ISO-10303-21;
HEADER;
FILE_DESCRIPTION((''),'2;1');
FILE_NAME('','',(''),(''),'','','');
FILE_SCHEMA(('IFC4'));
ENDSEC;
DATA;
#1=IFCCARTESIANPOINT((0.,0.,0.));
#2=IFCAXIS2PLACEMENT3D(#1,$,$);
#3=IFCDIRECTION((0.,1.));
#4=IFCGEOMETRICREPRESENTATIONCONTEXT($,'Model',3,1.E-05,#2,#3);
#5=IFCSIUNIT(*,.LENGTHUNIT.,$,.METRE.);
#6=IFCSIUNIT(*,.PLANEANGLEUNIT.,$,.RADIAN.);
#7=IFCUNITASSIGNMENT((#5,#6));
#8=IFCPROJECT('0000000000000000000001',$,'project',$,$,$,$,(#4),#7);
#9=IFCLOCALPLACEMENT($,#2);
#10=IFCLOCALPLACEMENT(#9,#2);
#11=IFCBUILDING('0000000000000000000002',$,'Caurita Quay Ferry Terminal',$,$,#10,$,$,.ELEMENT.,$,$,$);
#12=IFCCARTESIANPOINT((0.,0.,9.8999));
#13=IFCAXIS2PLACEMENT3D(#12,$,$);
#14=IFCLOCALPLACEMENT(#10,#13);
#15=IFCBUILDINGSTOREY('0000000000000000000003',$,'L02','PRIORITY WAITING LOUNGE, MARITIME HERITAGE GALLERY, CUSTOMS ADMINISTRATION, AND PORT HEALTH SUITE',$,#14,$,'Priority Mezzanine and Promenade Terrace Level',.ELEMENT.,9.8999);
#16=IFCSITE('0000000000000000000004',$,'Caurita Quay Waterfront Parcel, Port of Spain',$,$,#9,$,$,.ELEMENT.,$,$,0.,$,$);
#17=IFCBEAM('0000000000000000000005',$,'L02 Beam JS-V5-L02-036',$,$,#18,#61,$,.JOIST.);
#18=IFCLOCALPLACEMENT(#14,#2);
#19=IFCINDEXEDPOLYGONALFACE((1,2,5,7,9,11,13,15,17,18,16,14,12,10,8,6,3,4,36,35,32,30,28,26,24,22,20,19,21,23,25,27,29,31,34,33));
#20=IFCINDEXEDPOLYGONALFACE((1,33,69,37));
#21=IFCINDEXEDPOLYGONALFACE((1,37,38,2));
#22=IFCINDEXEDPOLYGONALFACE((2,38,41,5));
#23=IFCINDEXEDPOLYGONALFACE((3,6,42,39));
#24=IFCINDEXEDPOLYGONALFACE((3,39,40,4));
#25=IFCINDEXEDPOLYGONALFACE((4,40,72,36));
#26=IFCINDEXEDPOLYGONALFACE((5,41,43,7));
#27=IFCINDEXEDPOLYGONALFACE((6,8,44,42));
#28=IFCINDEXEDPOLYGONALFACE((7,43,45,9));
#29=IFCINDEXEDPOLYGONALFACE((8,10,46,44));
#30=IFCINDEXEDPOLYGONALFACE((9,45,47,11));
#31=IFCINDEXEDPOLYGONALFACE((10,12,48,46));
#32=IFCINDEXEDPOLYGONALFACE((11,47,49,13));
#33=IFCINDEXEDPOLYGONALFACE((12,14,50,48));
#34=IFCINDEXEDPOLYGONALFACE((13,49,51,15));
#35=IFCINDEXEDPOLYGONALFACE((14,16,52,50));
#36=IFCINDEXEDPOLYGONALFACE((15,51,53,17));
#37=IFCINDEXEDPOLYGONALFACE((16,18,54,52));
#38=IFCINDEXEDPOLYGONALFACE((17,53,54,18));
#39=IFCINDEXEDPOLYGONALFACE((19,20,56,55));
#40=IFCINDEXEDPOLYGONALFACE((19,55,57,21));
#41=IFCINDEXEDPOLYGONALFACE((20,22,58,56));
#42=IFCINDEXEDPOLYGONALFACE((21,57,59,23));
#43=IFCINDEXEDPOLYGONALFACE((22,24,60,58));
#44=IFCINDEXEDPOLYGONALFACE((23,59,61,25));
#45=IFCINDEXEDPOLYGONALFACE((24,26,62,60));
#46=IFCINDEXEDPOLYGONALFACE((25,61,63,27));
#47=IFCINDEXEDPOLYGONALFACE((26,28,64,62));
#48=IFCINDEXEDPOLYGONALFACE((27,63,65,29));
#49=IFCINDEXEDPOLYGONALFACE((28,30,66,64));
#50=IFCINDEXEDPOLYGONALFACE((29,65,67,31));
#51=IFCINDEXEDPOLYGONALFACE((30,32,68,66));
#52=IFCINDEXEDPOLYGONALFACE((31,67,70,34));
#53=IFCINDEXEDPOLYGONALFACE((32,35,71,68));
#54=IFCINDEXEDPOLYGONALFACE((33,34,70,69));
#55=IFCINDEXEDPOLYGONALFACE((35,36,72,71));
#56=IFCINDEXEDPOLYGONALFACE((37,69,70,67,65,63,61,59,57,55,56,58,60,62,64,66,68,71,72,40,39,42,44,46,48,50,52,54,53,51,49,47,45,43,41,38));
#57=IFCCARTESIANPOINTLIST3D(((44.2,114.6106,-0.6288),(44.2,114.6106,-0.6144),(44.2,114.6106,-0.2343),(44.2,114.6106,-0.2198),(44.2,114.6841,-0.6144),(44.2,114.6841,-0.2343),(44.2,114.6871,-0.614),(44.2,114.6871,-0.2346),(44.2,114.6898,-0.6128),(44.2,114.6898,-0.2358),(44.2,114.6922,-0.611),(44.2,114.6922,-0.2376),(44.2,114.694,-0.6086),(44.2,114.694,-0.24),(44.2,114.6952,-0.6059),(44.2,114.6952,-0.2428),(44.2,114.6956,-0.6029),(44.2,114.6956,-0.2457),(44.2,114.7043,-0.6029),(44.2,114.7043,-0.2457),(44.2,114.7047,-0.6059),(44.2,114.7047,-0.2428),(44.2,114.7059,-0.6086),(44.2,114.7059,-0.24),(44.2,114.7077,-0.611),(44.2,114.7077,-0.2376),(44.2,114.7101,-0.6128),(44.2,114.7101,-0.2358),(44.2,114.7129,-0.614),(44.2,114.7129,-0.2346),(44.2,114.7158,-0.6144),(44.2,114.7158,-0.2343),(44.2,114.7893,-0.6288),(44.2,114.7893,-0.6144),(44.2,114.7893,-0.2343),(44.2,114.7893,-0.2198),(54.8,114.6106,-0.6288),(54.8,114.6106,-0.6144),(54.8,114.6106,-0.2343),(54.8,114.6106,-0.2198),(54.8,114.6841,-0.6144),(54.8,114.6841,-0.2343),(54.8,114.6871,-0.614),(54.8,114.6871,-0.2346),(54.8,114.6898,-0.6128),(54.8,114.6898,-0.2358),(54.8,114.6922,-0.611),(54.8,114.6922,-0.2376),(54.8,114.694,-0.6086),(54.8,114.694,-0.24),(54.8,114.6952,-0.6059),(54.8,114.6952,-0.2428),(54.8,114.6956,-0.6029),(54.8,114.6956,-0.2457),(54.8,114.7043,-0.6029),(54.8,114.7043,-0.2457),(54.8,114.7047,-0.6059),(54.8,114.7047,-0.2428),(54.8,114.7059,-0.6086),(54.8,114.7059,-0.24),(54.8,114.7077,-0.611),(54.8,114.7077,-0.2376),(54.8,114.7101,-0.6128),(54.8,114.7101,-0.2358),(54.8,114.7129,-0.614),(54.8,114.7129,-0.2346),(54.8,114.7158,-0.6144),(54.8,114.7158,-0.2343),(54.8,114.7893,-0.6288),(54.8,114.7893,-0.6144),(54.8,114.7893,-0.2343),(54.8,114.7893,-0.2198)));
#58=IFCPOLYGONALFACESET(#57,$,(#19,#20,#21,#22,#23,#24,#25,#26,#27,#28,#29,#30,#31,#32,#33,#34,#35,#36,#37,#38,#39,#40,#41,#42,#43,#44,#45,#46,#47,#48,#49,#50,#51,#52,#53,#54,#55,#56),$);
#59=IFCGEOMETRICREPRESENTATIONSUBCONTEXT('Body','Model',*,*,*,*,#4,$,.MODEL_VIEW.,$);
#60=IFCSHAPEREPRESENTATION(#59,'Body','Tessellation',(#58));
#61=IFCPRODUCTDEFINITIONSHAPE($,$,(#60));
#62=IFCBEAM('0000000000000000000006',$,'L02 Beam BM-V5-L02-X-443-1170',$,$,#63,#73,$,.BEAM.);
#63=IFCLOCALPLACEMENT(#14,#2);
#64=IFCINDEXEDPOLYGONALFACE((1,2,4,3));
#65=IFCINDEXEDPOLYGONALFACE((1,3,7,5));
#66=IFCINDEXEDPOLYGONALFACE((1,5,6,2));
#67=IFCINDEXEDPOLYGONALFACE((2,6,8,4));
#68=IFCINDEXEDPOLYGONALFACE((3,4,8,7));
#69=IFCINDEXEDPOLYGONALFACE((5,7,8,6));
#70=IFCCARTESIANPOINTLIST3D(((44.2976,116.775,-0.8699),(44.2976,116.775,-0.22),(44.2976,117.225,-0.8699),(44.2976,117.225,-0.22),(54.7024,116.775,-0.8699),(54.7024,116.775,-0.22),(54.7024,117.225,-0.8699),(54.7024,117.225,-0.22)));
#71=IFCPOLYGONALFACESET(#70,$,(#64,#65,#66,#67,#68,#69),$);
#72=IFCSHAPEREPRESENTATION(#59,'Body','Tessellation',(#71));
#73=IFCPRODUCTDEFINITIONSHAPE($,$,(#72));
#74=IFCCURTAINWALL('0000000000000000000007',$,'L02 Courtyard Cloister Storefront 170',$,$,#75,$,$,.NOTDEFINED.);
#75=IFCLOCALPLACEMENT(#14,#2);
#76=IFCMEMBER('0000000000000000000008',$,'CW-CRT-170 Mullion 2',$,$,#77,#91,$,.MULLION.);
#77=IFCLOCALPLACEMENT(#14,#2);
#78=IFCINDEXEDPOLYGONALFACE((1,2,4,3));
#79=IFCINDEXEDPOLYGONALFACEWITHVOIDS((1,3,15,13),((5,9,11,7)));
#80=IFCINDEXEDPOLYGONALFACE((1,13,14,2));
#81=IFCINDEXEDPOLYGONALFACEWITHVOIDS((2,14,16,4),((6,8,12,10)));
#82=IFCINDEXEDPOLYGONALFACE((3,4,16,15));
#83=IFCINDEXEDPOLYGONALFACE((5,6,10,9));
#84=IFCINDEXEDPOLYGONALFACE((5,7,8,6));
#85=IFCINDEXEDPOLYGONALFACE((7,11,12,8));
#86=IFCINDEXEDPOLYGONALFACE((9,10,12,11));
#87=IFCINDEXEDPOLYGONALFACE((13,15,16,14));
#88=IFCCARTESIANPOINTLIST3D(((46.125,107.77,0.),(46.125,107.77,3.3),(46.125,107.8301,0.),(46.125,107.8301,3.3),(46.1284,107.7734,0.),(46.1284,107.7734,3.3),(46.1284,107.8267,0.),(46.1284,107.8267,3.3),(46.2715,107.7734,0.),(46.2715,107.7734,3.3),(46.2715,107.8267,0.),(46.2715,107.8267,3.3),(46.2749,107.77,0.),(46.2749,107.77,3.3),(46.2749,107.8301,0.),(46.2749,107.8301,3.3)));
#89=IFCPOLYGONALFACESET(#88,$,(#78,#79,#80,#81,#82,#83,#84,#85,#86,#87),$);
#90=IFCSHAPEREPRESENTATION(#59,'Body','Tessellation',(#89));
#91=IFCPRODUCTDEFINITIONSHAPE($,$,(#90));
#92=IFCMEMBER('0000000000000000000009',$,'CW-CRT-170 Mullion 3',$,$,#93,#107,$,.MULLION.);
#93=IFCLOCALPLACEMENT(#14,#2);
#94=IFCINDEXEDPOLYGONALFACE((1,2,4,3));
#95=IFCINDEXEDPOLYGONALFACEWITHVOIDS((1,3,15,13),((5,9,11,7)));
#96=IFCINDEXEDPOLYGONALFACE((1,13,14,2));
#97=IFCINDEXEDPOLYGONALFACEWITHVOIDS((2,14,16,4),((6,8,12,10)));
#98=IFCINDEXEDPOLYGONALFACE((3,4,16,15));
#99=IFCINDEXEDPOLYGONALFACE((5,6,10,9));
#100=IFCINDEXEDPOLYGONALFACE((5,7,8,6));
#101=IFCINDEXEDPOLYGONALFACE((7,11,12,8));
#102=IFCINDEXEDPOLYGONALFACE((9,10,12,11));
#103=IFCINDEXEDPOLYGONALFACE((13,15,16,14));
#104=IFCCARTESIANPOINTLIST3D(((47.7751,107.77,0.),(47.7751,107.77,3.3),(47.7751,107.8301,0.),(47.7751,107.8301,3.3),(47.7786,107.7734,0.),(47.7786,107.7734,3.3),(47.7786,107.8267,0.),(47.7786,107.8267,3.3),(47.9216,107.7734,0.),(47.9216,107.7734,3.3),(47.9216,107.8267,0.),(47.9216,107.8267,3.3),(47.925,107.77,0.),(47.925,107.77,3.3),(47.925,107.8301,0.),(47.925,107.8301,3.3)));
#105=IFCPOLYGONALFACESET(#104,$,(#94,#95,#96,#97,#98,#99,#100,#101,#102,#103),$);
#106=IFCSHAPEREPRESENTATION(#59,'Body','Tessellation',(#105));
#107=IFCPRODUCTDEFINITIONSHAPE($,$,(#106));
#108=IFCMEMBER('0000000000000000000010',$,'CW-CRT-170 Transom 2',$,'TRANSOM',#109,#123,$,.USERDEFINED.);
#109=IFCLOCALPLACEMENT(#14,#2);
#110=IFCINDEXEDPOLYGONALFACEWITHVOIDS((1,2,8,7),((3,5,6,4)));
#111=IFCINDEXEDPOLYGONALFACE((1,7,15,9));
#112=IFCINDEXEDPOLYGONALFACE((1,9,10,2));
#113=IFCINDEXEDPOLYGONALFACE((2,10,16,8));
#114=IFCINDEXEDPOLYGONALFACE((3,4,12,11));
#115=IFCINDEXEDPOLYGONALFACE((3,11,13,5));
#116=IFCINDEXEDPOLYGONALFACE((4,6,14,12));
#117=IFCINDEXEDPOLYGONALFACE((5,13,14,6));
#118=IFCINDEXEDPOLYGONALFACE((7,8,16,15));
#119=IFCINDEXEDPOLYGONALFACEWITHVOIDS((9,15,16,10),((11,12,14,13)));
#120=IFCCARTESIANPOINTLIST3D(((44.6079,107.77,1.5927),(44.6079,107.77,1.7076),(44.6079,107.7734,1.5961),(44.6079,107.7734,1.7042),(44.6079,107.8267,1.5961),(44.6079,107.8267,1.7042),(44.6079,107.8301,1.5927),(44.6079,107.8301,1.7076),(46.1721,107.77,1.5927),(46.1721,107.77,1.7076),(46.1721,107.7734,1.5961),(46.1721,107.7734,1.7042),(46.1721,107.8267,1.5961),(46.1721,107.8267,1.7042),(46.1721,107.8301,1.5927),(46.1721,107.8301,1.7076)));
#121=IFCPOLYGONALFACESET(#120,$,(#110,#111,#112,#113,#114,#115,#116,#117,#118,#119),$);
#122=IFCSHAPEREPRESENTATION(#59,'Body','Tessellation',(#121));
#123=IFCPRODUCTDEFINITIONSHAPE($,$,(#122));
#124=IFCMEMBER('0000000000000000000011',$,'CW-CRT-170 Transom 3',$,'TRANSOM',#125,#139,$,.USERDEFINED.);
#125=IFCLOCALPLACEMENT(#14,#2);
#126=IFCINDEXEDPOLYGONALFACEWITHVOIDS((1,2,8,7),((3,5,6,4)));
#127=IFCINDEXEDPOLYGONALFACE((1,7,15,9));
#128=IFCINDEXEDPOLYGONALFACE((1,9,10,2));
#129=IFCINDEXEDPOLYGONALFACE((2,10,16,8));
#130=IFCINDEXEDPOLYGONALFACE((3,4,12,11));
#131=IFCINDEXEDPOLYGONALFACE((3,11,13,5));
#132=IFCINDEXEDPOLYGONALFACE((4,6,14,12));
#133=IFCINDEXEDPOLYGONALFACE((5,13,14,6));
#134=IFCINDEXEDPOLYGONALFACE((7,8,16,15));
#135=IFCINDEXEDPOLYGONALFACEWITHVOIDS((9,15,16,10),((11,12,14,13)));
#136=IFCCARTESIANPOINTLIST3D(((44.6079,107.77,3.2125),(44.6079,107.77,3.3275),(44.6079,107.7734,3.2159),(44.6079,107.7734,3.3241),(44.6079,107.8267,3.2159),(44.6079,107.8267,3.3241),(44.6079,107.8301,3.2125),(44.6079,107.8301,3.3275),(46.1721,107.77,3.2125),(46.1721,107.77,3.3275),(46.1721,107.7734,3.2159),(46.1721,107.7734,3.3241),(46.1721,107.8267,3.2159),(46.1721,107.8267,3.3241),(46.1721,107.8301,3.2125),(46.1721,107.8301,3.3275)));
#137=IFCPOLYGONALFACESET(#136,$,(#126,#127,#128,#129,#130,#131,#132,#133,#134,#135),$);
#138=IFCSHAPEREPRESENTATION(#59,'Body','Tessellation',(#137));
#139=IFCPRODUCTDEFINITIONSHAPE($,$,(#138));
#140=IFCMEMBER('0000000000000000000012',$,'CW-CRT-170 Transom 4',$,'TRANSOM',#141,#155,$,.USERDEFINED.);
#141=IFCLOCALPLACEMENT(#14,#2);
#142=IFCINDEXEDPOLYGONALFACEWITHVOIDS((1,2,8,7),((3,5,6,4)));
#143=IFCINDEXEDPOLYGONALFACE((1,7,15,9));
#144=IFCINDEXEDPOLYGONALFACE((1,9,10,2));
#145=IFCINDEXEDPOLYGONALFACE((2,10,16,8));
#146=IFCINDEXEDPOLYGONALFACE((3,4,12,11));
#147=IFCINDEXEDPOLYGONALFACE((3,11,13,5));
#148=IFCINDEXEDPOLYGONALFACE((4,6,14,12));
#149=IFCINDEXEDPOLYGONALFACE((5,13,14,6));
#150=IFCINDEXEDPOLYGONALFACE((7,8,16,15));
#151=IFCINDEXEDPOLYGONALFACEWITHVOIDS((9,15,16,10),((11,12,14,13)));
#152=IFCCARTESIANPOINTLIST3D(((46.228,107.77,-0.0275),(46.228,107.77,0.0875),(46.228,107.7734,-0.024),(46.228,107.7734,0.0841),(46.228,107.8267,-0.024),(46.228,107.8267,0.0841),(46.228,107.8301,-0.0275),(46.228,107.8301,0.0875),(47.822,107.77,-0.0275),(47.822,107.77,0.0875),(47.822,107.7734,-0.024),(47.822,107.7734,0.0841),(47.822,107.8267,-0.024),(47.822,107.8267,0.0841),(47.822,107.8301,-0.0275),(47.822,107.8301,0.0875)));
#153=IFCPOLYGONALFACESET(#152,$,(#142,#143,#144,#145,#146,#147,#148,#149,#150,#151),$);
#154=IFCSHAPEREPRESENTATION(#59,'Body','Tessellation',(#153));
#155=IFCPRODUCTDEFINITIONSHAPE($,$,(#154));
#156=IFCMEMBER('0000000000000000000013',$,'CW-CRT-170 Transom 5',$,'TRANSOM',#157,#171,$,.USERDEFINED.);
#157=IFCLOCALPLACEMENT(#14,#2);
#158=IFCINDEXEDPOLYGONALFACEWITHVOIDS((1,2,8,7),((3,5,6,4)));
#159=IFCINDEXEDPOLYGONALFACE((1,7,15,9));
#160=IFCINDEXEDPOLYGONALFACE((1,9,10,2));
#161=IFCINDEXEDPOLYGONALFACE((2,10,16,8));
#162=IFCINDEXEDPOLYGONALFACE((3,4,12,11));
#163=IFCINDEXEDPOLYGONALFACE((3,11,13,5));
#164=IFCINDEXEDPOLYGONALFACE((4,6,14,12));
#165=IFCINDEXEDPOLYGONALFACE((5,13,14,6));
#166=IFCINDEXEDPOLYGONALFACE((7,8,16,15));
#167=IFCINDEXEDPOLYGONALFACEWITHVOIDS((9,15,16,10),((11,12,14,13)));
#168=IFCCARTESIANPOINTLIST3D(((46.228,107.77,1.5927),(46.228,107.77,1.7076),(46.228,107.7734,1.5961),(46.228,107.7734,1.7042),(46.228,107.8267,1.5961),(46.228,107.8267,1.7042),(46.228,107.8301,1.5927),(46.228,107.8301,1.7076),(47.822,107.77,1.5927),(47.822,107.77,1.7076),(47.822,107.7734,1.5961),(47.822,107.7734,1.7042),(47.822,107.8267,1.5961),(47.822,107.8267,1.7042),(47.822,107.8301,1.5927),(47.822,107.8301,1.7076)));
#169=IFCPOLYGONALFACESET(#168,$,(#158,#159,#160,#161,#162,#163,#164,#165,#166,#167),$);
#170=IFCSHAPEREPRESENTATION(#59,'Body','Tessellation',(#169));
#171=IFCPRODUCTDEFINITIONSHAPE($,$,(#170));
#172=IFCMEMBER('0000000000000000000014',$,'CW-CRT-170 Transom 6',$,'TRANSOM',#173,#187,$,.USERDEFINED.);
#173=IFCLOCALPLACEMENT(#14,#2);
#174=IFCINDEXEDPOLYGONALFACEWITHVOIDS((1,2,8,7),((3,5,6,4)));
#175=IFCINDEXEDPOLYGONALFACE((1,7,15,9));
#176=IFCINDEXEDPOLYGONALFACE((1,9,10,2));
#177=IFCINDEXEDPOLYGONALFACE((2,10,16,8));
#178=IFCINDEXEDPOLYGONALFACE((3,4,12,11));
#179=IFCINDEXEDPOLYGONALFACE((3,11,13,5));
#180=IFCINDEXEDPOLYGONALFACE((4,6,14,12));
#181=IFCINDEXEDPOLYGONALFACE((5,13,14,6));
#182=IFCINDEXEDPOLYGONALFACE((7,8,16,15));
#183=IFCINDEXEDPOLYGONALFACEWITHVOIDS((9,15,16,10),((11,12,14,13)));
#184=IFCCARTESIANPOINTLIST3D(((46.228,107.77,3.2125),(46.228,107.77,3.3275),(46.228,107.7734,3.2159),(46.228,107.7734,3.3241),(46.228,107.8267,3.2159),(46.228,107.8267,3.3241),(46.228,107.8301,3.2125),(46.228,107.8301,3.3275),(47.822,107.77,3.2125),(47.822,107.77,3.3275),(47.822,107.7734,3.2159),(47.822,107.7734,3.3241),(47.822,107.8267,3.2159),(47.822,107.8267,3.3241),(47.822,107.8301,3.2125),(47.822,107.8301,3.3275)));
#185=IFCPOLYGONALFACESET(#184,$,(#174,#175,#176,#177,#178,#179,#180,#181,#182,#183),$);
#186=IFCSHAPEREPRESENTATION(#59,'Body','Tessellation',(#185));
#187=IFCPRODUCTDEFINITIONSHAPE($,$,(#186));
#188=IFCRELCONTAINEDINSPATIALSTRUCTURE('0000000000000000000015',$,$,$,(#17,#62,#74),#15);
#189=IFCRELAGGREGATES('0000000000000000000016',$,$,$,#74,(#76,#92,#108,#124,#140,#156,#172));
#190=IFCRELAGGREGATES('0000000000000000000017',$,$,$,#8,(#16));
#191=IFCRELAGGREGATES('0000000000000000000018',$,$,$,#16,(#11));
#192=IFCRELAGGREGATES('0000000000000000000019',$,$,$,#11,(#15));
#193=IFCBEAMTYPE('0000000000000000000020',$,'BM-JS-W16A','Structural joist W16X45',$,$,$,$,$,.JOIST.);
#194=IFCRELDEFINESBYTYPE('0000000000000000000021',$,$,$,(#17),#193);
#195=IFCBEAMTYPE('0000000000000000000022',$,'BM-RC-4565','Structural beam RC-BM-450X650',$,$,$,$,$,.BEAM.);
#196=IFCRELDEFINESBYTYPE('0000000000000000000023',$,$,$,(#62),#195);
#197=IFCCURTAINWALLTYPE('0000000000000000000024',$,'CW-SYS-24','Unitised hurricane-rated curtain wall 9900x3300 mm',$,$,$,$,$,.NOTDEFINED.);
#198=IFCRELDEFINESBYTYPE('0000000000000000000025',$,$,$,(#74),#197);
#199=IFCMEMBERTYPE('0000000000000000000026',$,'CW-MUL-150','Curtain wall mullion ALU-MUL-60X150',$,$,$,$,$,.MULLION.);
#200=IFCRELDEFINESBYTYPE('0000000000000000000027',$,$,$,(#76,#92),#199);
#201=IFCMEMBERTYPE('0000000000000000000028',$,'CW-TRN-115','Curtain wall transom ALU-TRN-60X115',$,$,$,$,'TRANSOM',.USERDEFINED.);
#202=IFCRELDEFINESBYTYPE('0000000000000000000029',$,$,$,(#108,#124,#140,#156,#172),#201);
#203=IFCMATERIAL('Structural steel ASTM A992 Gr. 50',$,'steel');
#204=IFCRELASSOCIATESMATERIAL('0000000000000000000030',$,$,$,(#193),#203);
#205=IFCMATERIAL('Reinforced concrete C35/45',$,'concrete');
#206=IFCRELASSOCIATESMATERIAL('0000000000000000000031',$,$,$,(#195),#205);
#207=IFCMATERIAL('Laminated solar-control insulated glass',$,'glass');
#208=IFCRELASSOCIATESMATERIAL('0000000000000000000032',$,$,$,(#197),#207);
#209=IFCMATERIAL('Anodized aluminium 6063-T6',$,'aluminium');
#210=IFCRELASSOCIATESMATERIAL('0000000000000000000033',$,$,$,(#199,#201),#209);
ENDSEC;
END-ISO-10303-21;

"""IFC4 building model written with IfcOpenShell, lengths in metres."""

from ifc_helpers import new_model, si_unit, direction, frame, origin, origin_2d, place, context, subcontext, project, spatial, rectangle, hollow_rectangle, i_section, extrude, material, material_profile, profile_set, type_object, element, aggregate, save


model = new_model("IFC4")

# Units and contexts
model_context = context("Model", 3, precision=1e-05, world=origin(), true_north=direction((0.0, 1.0)))
body_context = subcontext(model_context, "Body", "Model", "MODEL_VIEW")
ifc_project = project(units=[si_unit("LENGTHUNIT", "METRE"), si_unit("PLANEANGLEUNIT", "RADIAN")], contexts=[model_context])

# Site, building, storey
site_placement = place(None, origin())
site = spatial("IfcSite", under=ifc_project, at=site_placement, Name="Caurita Quay Waterfront Parcel, Port of Spain", CompositionType="ELEMENT", RefElevation=0.0)
building_placement = place(site_placement, origin())
building = spatial("IfcBuilding", under=site, at=building_placement, Name="Caurita Quay Ferry Terminal", CompositionType="ELEMENT")
storey_placement = place(building_placement, frame((0.0, 0.0, 9.8999)))
storey = spatial("IfcBuildingStorey", under=building, at=storey_placement, Name="L02", Description="PRIORITY WAITING LOUNGE, MARITIME HERITAGE GALLERY, CUSTOMS ADMINISTRATION, AND PORT HEALTH SUITE", LongName="Priority Mezzanine and Promenade Terrace Level", CompositionType="ELEMENT", Elevation=9.8999)

# Beams
ifc_material_1 = material(Name="Structural steel ASTM A992 Gr. 50", Category="steel")
ifc_material_profile_1 = material_profile(ifc_material_1, i_section(OverallWidth=0.1787, OverallDepth=0.4089, WebThickness=0.0088, FlangeThickness=0.0144, FilletRadius=0.0115, at=origin_2d()), Name="W16X45")
ifc_profile_set_1 = profile_set([ifc_material_profile_1], Name="Structural steel ASTM A992 Gr. 50")
beam_type_1 = type_object("IfcBeamType", Name="BM-JS-W16A", Description="Structural joist W16X45", PredefinedType="JOIST", material=ifc_profile_set_1)
beam_1_placement = place(storey_placement, frame((44.2, 114.7, -0.4243), z_axis=(1.0, 0.0, 0.0), x_axis=(0.0, 1.0, 0.0)))
element("IfcBeam", 1, at=beam_1_placement, inside=storey, type_object=beam_type_1, Name="L02 Beam JS-V5-L02-036", PredefinedType="JOIST", context=body_context, shape_type="SweptSolid", body=[
    extrude(i_section(OverallWidth=0.1787, OverallDepth=0.4089, WebThickness=0.0088, FlangeThickness=0.0144, FilletRadius=0.0115, at=origin_2d()), origin(), (0.0, 0.0, 1.0), 10.6001),
])
ifc_material_2 = material(Name="Reinforced concrete C35/45", Category="concrete")
ifc_material_profile_2 = material_profile(ifc_material_2, rectangle(XDim=0.45, YDim=0.6499, at=origin_2d()), Name="RC-BM-450X650")
ifc_profile_set_2 = profile_set([ifc_material_profile_2], Name="Reinforced concrete C35/45")
beam_type_2 = type_object("IfcBeamType", Name="BM-RC-4565", Description="Structural beam RC-BM-450X650", PredefinedType="BEAM", material=ifc_profile_set_2)
beam_2_placement = place(storey_placement, frame((44.2976, 117.0, -0.5449), z_axis=(1.0, 0.0, 0.0), x_axis=(0.0, 1.0, 0.0)))
element("IfcBeam", 2, at=beam_2_placement, inside=storey, type_object=beam_type_2, Name="L02 Beam BM-V5-L02-X-443-1170", PredefinedType="BEAM", context=body_context, shape_type="SweptSolid", body=[
    extrude(rectangle(XDim=0.45, YDim=0.6499, at=origin_2d()), origin(), (0.0, 0.0, 1.0), 10.4048),
])

# Curtain wall, members
ifc_material_3 = material(Name="Laminated solar-control insulated glass", Category="glass")
curtain_wall_type = type_object("IfcCurtainWallType", Name="CW-SYS-24", Description="Unitised hurricane-rated curtain wall 9900x3300 mm", PredefinedType="NOTDEFINED", material=ifc_material_3)
curtain_wall_placement = place(storey_placement, origin())
curtain_wall = element("IfcCurtainWall", 3, at=curtain_wall_placement, inside=storey, type_object=curtain_wall_type, Name="L02 Courtyard Cloister Storefront 170", PredefinedType="NOTDEFINED")
ifc_material_4 = material(Name="Anodized aluminium 6063-T6", Category="aluminium")
ifc_material_profile_3 = material_profile(ifc_material_4, hollow_rectangle(XDim=0.0601, YDim=0.1499, WallThickness=0.0034, at=origin_2d()), Name="ALU-MUL-60X150")
ifc_profile_set_3 = profile_set([ifc_material_profile_3], Name="Anodized aluminium 6063-T6")
member_type_1 = type_object("IfcMemberType", Name="CW-MUL-150", Description="Curtain wall mullion ALU-MUL-60X150", PredefinedType="MULLION", material=ifc_profile_set_3)
member_1_placement = place(storey_placement, frame((46.2, 107.8, 0.0), z_axis=(0.0, 0.0, 1.0), x_axis=(0.0, 1.0, 0.0)))
member_1 = element("IfcMember", 4, at=member_1_placement, type_object=member_type_1, Name="CW-CRT-170 Mullion 2", PredefinedType="MULLION", context=body_context, shape_type="SweptSolid", body=[
    extrude(hollow_rectangle(XDim=0.0601, YDim=0.1499, WallThickness=0.0034, at=origin_2d()), origin(), (0.0, 0.0, 1.0), 3.3),
])
member_2_placement = place(storey_placement, frame((47.8501, 107.8, 0.0), z_axis=(0.0, 0.0, 1.0), x_axis=(0.0, 1.0, 0.0)))
member_2 = element("IfcMember", 5, at=member_2_placement, type_object=member_type_1, Name="CW-CRT-170 Mullion 3", PredefinedType="MULLION", context=body_context, shape_type="SweptSolid", body=[
    extrude(hollow_rectangle(XDim=0.0601, YDim=0.1499, WallThickness=0.0034, at=origin_2d()), origin(), (0.0, 0.0, 1.0), 3.3),
])
ifc_material_profile_4 = material_profile(ifc_material_4, hollow_rectangle(XDim=0.0601, YDim=0.115, WallThickness=0.0034, at=origin_2d()), Name="ALU-TRN-60X115")
ifc_profile_set_4 = profile_set([ifc_material_profile_4], Name="Anodized aluminium 6063-T6")
member_type_2 = type_object("IfcMemberType", Name="CW-TRN-115", Description="Curtain wall transom ALU-TRN-60X115", ElementType="TRANSOM", PredefinedType="USERDEFINED", material=ifc_profile_set_4)
member_3_placement = place(storey_placement, frame((44.6079, 107.8, 1.6501), z_axis=(1.0, 0.0, 0.0), x_axis=(0.0, 1.0, 0.0)))
member_3 = element("IfcMember", 6, at=member_3_placement, type_object=member_type_2, Name="CW-CRT-170 Transom 2", ObjectType="TRANSOM", PredefinedType="USERDEFINED", context=body_context, shape_type="SweptSolid", body=[
    extrude(hollow_rectangle(XDim=0.0601, YDim=0.115, WallThickness=0.0034, at=origin_2d()), origin(), (0.0, 0.0, 1.0), 1.5642),
])
member_4_placement = place(storey_placement, frame((44.6079, 107.8, 3.27), z_axis=(1.0, 0.0, 0.0), x_axis=(0.0, 1.0, 0.0)))
member_4 = element("IfcMember", 7, at=member_4_placement, type_object=member_type_2, Name="CW-CRT-170 Transom 3", ObjectType="TRANSOM", PredefinedType="USERDEFINED", context=body_context, shape_type="SweptSolid", body=[
    extrude(hollow_rectangle(XDim=0.0601, YDim=0.115, WallThickness=0.0034, at=origin_2d()), origin(), (0.0, 0.0, 1.0), 1.5642),
])
member_5_placement = place(storey_placement, frame((46.228, 107.8, 0.03), z_axis=(1.0, 0.0, 0.0), x_axis=(0.0, 1.0, 0.0)))
member_5 = element("IfcMember", 8, at=member_5_placement, type_object=member_type_2, Name="CW-CRT-170 Transom 4", ObjectType="TRANSOM", PredefinedType="USERDEFINED", context=body_context, shape_type="SweptSolid", body=[
    extrude(hollow_rectangle(XDim=0.0601, YDim=0.115, WallThickness=0.0034, at=origin_2d()), origin(), (0.0, 0.0, 1.0), 1.594),
])
member_6_placement = place(storey_placement, frame((46.228, 107.8, 1.6501), z_axis=(1.0, 0.0, 0.0), x_axis=(0.0, 1.0, 0.0)))
member_6 = element("IfcMember", 9, at=member_6_placement, type_object=member_type_2, Name="CW-CRT-170 Transom 5", ObjectType="TRANSOM", PredefinedType="USERDEFINED", context=body_context, shape_type="SweptSolid", body=[
    extrude(hollow_rectangle(XDim=0.0601, YDim=0.115, WallThickness=0.0034, at=origin_2d()), origin(), (0.0, 0.0, 1.0), 1.594),
])
member_7_placement = place(storey_placement, frame((46.228, 107.8, 3.27), z_axis=(1.0, 0.0, 0.0), x_axis=(0.0, 1.0, 0.0)))
member_7 = element("IfcMember", 10, at=member_7_placement, type_object=member_type_2, Name="CW-CRT-170 Transom 6", ObjectType="TRANSOM", PredefinedType="USERDEFINED", context=body_context, shape_type="SweptSolid", body=[
    extrude(hollow_rectangle(XDim=0.0601, YDim=0.115, WallThickness=0.0034, at=origin_2d()), origin(), (0.0, 0.0, 1.0), 1.594),
])
aggregate(curtain_wall, [member_1, member_2, member_3, member_4, member_5, member_6, member_7])

save(model, "model.ifc")
